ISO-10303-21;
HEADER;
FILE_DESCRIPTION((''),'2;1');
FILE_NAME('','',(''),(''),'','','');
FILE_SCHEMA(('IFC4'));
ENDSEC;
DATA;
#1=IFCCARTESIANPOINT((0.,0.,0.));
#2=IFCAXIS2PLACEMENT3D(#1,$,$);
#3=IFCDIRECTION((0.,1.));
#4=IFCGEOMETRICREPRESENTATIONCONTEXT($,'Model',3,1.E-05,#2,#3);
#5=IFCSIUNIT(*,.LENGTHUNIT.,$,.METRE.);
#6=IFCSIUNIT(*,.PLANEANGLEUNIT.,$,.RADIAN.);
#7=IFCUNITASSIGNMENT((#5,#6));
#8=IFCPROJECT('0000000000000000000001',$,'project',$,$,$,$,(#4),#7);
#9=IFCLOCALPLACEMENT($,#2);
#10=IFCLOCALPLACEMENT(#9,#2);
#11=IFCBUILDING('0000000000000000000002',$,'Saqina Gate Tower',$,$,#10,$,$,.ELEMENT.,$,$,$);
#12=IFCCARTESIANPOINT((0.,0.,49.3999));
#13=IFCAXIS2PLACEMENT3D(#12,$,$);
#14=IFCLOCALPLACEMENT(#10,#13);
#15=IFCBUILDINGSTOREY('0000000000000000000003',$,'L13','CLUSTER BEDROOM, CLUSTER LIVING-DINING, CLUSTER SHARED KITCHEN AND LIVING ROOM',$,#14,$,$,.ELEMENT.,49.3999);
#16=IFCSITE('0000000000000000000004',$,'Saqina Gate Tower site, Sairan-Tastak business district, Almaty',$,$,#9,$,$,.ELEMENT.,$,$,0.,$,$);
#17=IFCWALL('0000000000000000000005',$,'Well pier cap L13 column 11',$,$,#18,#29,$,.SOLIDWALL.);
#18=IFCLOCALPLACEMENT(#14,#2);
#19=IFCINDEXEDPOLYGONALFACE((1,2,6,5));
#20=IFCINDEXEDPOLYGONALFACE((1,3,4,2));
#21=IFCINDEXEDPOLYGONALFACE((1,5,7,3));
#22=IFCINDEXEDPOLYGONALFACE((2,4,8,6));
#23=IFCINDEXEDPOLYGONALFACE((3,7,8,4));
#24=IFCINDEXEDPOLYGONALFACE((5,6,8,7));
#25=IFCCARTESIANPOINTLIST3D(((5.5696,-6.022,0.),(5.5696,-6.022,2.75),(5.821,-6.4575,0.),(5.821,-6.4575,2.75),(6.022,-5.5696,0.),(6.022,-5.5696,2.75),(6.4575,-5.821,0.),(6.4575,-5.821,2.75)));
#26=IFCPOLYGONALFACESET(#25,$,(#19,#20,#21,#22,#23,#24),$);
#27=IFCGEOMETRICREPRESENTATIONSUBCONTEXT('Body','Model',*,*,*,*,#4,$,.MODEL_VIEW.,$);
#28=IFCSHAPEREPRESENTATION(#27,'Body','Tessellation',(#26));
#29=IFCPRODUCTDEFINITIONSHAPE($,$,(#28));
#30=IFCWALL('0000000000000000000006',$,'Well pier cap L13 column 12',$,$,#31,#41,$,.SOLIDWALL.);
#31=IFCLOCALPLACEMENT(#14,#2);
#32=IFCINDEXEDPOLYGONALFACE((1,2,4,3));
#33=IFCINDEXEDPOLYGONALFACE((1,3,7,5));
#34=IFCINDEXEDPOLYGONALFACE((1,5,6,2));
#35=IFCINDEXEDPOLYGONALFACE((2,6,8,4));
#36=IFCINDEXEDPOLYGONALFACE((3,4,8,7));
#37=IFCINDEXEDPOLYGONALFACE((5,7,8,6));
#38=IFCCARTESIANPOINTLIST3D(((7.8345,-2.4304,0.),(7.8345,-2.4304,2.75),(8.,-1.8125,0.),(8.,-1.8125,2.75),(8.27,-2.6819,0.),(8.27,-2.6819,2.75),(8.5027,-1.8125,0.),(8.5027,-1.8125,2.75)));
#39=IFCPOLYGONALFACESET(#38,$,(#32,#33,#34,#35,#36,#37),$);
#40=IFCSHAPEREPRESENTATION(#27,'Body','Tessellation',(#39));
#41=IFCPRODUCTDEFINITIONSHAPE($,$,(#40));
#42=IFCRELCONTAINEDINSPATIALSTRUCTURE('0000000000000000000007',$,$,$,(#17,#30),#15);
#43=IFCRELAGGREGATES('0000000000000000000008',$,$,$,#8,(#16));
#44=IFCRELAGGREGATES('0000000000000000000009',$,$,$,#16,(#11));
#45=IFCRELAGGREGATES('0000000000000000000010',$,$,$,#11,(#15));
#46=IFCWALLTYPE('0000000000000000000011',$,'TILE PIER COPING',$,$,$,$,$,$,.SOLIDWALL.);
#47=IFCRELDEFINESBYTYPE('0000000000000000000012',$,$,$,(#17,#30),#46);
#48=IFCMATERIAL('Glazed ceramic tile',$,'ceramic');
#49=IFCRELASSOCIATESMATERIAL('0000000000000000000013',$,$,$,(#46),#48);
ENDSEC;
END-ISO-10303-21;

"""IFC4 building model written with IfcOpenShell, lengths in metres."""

from ifc_helpers import new_model, si_unit, direction, frame, origin, place, context, subcontext, project, spatial, polyline, outline, extrude, material, type_object, element, save


model = new_model("IFC4")

# Units and contexts
model_context = context("Model", 3, precision=1e-05, world=origin(), true_north=direction((0.0, 1.0)))
body_context = subcontext(model_context, "Body", "Model", "MODEL_VIEW")
ifc_project = project(units=[si_unit("LENGTHUNIT", "METRE"), si_unit("PLANEANGLEUNIT", "RADIAN")], contexts=[model_context])

# Site, building, storey
site_placement = place(None, origin())
site = spatial("IfcSite", under=ifc_project, at=site_placement, Name="Saqina Gate Tower site, Sairan-Tastak business district, Almaty", CompositionType="ELEMENT", RefElevation=0.0)
building_placement = place(site_placement, origin())
building = spatial("IfcBuilding", under=site, at=building_placement, Name="Saqina Gate Tower", CompositionType="ELEMENT")
storey_placement = place(building_placement, frame((0.0, 0.0, 49.3999)))
storey = spatial("IfcBuildingStorey", under=building, at=storey_placement, Name="L13", Description="CLUSTER BEDROOM, CLUSTER LIVING-DINING, CLUSTER SHARED KITCHEN AND LIVING ROOM", CompositionType="ELEMENT", Elevation=49.3999)

# Walls
ifc_material_1 = material(Name="Glazed ceramic tile", Category="ceramic")
wall_type_1 = type_object("IfcWallType", Name="TILE PIER COPING", PredefinedType="SOLIDWALL", material=ifc_material_1)
wall_1_placement = place(storey_placement, origin())
element("IfcWall", 1, at=wall_1_placement, inside=storey, type_object=wall_type_1, Name="Well pier cap L13 column 11", PredefinedType="SOLIDWALL", context=body_context, shape_type="SweptSolid", body=[
    extrude(outline(polyline([(5.821, -6.4575), (6.4575, -5.821), (6.022, -5.5696), (5.5696, -6.022), (5.821, -6.4575)])), origin(), (0.0, 0.0, 1.0), 2.75),
])
wall_2_placement = place(storey_placement, origin())
element("IfcWall", 2, at=wall_2_placement, inside=storey, type_object=wall_type_1, Name="Well pier cap L13 column 12", PredefinedType="SOLIDWALL", context=body_context, shape_type="SweptSolid", body=[
    extrude(outline(polyline([(8.5027, -1.8125), (8.0, -1.8125), (7.8345, -2.4304), (8.27, -2.6819), (8.5027, -1.8125)])), origin(), (0.0, 0.0, 1.0), 2.75),
])

save(model, "model.ifc")
